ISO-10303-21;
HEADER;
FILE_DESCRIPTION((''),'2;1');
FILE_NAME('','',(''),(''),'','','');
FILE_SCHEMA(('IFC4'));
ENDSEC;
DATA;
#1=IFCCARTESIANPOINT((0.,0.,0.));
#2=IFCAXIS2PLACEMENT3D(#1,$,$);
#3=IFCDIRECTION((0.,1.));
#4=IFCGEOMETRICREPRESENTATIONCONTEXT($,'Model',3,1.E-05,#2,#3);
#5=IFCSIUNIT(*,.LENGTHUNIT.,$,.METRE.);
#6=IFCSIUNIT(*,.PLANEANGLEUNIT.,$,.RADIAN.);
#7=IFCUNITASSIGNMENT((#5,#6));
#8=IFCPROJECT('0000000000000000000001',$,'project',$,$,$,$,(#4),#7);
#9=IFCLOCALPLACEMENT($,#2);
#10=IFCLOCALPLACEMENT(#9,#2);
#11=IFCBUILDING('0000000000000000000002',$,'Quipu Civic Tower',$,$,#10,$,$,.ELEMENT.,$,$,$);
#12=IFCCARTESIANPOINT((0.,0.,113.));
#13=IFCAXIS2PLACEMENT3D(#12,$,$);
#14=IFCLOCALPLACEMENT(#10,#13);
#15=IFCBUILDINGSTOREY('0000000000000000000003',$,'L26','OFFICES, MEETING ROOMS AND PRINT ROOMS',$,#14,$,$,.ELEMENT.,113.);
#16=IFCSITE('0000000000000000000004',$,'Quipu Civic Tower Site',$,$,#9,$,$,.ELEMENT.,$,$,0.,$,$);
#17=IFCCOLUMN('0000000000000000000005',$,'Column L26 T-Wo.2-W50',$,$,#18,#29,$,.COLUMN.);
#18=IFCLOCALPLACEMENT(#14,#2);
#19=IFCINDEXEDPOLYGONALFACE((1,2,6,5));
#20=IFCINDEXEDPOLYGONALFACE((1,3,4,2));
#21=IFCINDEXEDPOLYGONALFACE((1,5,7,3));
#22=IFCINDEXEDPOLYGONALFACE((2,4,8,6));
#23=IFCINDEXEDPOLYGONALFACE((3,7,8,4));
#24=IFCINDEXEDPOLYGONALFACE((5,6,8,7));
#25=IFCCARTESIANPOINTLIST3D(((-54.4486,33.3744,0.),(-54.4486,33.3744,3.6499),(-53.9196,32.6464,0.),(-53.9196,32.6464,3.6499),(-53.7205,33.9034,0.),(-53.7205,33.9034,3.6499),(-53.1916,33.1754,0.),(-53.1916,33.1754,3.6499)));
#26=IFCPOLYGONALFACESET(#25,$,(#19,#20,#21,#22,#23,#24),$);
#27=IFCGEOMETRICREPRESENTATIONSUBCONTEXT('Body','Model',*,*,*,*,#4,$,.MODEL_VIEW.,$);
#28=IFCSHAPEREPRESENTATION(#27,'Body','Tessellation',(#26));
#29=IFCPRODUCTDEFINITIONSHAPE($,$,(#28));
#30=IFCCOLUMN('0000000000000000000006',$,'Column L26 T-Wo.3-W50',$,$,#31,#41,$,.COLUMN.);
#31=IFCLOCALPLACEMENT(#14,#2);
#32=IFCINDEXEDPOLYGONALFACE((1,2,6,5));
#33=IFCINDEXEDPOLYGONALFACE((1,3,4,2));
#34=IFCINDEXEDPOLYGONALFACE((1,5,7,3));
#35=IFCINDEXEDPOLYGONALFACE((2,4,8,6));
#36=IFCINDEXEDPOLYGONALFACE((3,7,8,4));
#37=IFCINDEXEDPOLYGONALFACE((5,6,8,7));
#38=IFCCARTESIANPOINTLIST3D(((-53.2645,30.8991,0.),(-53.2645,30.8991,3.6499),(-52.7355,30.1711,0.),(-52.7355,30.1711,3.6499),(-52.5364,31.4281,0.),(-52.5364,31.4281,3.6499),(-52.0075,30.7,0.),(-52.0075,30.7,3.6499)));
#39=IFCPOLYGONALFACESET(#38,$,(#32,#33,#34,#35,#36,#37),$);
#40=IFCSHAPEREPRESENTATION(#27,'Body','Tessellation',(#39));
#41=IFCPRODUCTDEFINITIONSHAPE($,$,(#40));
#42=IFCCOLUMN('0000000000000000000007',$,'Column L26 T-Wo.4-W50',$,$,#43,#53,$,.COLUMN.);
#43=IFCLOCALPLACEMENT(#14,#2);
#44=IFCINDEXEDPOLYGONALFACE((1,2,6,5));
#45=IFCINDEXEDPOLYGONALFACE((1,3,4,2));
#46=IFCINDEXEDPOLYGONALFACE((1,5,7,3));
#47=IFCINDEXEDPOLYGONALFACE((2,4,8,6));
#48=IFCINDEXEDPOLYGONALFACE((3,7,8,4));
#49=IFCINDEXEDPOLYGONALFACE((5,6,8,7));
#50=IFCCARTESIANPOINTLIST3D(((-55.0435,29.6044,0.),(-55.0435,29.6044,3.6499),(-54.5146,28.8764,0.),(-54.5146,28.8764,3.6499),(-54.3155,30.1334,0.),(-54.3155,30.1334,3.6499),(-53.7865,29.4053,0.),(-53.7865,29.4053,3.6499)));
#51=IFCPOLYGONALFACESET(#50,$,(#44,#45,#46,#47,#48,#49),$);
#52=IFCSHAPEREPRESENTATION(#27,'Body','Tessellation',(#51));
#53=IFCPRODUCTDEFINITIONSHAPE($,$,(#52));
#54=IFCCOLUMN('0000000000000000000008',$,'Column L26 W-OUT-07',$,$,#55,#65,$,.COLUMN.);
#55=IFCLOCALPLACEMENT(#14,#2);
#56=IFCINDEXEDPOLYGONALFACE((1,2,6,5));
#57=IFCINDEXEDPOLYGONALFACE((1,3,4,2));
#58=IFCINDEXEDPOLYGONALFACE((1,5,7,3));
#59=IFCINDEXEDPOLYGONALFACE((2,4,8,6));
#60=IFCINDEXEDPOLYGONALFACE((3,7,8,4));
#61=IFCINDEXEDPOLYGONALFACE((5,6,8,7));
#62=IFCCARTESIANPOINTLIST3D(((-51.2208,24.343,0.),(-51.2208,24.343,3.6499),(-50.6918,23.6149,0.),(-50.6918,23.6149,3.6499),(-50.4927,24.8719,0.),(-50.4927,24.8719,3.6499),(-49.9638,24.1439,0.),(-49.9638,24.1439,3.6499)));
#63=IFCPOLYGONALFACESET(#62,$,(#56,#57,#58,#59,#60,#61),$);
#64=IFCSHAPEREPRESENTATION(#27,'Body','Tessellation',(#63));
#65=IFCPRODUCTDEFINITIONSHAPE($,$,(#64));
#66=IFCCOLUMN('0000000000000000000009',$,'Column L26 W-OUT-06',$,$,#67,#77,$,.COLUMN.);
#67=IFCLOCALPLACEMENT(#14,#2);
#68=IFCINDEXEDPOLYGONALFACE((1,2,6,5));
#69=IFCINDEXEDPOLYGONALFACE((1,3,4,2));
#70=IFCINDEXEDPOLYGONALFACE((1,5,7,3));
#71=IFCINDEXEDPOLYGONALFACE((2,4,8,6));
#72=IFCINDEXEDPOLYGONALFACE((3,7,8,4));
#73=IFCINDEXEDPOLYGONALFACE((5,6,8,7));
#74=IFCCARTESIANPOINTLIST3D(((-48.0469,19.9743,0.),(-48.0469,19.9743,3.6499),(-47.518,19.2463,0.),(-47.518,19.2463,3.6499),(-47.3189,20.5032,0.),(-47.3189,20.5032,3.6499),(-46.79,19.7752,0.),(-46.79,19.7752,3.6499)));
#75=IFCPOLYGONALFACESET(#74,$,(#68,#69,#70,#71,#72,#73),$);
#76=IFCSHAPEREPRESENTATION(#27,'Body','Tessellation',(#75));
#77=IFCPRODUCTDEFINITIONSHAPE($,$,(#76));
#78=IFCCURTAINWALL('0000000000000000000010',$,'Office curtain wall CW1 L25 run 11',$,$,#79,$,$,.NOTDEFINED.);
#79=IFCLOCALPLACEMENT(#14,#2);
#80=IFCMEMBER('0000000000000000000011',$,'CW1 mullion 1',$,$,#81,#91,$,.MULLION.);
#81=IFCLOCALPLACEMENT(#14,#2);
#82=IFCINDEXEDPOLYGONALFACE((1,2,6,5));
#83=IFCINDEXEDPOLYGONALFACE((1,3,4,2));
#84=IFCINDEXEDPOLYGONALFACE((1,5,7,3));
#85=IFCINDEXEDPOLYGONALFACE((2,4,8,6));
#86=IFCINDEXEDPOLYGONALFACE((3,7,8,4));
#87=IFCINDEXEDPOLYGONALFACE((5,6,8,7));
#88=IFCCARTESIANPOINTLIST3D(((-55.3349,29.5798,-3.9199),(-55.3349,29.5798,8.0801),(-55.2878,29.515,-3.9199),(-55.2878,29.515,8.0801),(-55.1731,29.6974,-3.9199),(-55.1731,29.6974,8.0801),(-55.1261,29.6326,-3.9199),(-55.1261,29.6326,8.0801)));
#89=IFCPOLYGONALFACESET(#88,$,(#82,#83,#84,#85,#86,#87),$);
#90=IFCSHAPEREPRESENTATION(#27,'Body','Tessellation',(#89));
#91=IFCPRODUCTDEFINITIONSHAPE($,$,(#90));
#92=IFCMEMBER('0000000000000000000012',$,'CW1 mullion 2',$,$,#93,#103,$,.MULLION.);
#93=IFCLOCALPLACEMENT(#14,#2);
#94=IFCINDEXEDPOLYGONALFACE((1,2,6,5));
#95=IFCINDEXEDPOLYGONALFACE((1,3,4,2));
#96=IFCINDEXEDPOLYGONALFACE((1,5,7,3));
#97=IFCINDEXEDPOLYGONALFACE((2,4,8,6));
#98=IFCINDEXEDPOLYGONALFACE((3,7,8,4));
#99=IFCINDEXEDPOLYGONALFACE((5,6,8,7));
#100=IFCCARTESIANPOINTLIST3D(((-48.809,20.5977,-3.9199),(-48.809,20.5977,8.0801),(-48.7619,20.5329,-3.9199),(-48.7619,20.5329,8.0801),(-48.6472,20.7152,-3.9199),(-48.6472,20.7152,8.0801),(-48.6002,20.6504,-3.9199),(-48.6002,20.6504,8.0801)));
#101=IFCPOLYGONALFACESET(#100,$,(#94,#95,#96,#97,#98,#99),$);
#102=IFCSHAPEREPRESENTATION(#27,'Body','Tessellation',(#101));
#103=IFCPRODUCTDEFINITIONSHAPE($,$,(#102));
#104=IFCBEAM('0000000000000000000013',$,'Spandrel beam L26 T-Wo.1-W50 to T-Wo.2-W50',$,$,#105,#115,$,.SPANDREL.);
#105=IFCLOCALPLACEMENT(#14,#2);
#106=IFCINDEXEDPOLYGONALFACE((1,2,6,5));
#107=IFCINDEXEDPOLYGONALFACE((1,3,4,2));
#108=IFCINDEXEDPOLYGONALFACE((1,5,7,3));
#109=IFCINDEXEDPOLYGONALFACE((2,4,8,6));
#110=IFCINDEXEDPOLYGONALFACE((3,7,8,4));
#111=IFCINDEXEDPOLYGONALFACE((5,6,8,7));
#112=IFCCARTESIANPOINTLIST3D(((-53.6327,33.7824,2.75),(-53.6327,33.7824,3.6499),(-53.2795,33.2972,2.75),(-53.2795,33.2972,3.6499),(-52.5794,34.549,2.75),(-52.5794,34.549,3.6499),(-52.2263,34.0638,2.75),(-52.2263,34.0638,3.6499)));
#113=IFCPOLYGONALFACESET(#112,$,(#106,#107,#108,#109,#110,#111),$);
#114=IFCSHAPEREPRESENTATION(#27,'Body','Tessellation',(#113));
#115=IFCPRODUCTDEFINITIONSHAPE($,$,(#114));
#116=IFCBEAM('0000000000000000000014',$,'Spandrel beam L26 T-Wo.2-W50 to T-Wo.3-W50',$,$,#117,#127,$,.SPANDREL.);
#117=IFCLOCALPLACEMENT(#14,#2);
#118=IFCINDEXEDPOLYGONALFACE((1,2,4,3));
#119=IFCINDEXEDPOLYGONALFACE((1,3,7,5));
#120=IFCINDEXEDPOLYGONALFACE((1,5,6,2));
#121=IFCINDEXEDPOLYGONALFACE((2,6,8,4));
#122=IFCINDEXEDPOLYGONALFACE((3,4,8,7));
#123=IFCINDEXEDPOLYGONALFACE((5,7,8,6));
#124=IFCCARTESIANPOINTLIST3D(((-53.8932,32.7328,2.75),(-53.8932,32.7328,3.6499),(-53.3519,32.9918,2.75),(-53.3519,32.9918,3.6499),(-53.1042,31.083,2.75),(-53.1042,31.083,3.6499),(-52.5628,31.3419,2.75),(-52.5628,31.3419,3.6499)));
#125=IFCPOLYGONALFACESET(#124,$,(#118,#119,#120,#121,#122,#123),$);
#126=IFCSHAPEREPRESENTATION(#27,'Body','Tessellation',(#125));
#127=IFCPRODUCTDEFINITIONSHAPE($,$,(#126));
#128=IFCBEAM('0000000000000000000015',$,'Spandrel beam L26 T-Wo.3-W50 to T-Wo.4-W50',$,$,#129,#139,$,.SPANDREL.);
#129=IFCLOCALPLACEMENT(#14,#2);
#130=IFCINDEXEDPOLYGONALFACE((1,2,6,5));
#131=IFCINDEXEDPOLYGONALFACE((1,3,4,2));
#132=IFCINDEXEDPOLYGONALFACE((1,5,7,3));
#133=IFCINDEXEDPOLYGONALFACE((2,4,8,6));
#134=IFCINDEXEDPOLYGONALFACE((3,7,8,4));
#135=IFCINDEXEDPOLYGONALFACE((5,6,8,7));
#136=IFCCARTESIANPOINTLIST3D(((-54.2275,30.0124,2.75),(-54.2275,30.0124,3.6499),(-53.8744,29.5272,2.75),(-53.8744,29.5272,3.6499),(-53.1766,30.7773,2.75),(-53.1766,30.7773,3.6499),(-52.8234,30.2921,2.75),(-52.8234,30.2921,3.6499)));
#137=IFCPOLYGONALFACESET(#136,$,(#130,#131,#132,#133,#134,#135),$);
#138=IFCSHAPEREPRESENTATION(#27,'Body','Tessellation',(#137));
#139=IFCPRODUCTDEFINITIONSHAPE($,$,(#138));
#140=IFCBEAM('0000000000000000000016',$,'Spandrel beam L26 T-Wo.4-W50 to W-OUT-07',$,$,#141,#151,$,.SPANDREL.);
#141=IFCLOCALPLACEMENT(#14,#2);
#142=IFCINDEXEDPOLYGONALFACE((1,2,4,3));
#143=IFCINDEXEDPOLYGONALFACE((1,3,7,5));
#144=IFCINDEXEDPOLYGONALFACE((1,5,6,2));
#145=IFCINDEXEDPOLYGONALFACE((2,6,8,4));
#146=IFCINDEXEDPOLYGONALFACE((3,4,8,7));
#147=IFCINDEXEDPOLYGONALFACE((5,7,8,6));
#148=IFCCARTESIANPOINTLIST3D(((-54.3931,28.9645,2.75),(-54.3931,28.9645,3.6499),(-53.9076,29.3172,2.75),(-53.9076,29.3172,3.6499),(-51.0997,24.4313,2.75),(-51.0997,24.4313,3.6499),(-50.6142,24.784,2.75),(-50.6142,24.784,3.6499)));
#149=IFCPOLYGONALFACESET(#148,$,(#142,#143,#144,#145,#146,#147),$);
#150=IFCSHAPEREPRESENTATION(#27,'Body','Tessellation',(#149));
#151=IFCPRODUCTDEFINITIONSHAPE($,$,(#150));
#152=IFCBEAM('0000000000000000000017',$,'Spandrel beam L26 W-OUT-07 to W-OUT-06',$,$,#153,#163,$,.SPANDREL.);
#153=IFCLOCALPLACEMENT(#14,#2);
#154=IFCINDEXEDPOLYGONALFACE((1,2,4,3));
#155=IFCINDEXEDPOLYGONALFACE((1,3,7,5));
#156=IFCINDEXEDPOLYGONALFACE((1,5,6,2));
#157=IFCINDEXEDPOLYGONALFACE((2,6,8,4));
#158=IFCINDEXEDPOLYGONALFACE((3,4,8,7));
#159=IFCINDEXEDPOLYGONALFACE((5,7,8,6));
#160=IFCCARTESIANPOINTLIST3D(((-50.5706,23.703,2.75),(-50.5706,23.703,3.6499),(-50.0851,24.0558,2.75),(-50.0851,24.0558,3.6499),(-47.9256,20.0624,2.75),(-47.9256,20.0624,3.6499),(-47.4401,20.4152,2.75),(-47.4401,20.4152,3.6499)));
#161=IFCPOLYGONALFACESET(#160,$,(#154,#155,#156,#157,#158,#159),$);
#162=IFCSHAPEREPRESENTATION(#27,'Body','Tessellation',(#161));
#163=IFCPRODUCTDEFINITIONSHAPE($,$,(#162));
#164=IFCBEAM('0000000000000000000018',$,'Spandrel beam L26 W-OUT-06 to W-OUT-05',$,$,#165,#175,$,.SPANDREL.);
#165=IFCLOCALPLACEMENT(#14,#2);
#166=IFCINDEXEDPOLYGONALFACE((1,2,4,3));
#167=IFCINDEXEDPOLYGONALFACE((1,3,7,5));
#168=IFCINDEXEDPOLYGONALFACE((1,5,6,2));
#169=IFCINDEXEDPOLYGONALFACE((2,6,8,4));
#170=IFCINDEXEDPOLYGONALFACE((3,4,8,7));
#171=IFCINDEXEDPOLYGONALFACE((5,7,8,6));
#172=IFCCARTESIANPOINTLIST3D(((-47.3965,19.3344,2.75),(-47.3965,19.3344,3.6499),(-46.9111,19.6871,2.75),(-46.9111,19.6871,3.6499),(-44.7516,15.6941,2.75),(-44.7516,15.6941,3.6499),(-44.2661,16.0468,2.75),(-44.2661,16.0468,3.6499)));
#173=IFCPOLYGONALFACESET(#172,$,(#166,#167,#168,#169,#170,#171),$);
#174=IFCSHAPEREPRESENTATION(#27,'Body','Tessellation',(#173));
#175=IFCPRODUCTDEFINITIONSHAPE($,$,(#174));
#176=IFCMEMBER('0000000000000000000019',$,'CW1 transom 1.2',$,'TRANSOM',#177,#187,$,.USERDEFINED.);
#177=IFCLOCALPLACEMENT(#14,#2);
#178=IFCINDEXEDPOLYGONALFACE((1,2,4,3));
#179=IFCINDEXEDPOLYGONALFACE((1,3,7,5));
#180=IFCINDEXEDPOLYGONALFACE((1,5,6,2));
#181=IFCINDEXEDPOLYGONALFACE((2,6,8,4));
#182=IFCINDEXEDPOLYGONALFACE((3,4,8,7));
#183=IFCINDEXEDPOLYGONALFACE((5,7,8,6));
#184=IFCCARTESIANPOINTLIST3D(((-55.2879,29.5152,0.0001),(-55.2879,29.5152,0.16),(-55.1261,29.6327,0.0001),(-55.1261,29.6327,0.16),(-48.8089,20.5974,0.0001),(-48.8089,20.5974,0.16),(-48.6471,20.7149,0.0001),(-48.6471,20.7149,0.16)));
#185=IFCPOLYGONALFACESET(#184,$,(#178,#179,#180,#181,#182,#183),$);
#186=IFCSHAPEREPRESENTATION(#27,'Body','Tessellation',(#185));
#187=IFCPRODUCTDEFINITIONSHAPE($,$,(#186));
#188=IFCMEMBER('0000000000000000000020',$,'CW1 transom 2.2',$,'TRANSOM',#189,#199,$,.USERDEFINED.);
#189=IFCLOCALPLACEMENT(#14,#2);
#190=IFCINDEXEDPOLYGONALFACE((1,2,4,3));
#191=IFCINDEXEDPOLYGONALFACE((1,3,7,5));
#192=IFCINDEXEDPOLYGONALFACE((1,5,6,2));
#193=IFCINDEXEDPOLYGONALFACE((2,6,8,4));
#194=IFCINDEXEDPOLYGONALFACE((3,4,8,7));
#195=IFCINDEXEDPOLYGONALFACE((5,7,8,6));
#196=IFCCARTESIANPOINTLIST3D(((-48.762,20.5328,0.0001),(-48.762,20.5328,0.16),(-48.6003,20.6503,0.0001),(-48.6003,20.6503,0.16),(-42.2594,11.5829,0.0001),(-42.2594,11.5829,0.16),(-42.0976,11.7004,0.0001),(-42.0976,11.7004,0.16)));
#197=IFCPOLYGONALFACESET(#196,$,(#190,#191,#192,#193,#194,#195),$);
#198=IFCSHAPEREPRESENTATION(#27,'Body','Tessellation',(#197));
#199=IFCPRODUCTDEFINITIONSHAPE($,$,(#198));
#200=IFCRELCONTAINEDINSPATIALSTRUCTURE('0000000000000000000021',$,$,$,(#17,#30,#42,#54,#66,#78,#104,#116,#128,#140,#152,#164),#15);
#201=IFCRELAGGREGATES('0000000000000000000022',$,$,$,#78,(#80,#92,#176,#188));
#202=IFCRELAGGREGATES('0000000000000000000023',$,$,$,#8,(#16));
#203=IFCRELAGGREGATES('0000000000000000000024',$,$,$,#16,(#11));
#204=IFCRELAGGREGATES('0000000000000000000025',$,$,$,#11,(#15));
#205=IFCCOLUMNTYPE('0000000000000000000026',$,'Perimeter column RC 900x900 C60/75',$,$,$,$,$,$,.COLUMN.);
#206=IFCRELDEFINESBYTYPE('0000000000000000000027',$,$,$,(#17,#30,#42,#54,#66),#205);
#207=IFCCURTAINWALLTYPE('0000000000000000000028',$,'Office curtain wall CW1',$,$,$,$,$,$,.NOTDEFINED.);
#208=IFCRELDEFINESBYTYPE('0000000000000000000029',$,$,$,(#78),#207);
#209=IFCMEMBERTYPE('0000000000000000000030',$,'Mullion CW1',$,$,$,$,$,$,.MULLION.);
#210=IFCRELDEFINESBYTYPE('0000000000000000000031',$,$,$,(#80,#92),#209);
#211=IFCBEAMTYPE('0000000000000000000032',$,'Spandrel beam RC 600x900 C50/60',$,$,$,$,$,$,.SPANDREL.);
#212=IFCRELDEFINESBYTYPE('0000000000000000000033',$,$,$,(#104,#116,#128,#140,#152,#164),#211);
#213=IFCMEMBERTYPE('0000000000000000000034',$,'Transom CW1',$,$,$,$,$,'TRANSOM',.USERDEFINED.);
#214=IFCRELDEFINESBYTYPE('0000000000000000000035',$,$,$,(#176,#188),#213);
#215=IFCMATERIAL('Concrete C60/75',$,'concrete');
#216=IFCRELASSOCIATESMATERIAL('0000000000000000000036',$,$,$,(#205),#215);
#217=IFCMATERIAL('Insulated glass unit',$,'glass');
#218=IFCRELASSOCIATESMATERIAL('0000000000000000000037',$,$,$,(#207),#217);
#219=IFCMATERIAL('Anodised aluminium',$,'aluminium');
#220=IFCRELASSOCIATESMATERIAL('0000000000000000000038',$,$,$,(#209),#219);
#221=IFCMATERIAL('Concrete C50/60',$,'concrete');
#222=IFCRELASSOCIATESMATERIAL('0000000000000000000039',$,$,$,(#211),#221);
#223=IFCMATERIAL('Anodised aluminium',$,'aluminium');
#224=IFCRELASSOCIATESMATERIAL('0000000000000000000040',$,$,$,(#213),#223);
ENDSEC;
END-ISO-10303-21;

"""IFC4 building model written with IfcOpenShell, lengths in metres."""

from ifc_helpers import new_model, si_unit, direction, frame, origin, origin_2d, place, context, subcontext, project, spatial, rectangle, extrude, material, material_profile, profile_set, type_object, element, aggregate, save


model = new_model("IFC4")

# Units and contexts
model_context = context("Model", 3, precision=1e-05, world=origin(), true_north=direction((0.0, 1.0)))
body_context = subcontext(model_context, "Body", "Model", "MODEL_VIEW")
ifc_project = project(units=[si_unit("LENGTHUNIT", "METRE"), si_unit("PLANEANGLEUNIT", "RADIAN")], contexts=[model_context])

# Site, building, storey
site_placement = place(None, origin())
site = spatial("IfcSite", under=ifc_project, at=site_placement, Name="Quipu Civic Tower Site", CompositionType="ELEMENT", RefElevation=0.0)
building_placement = place(site_placement, origin())
building = spatial("IfcBuilding", under=site, at=building_placement, Name="Quipu Civic Tower", CompositionType="ELEMENT")
storey_placement = place(building_placement, frame((0.0, 0.0, 113.0)))
storey = spatial("IfcBuildingStorey", under=building, at=storey_placement, Name="L26", Description="OFFICES, MEETING ROOMS AND PRINT ROOMS", CompositionType="ELEMENT", Elevation=113.0)

# Columns
ifc_material_1 = material(Name="Concrete C60/75", Category="concrete")
ifc_material_profile_1 = material_profile(ifc_material_1, rectangle(XDim=0.8999, YDim=0.8999, at=origin_2d()), Name="RC900x900")
ifc_profile_set_1 = profile_set([ifc_material_profile_1], Name="Concrete C60/75")
column_type = type_object("IfcColumnType", Name="Perimeter column RC 900x900 C60/75", PredefinedType="COLUMN", material=ifc_profile_set_1)
for number, where, z_axis, x_axis, name in (
    (1, (-53.8201, 33.2749, 0.0), (0.0, 0.0, 1.0), (0.587785, -0.809017, 0.0), "Column L26 T-Wo.2-W50"),
    (2, (-52.636, 30.7996, 0.0), (0.0, 0.0, 1.0), (-0.809017, -0.587785, 0.0), "Column L26 T-Wo.3-W50"),
    (3, (-54.415, 29.5049, 0.0), (0.0, 0.0, 1.0), (0.587785, -0.809017, 0.0), "Column L26 T-Wo.4-W50"),
    (4, (-50.5923, 24.2434, 0.0), (0.0, 0.0, 1.0), (0.587785, -0.809017, 0.0), "Column L26 W-OUT-07"),
    (5, (-47.4185, 19.8748, 0.0), (0.0, 0.0, 1.0), (0.587785, -0.809017, 0.0), "Column L26 W-OUT-06"),
):
    element("IfcColumn", number, at=place(storey_placement, frame(where, z_axis=z_axis, x_axis=x_axis)), inside=storey, type_object=column_type, Name=name, PredefinedType="COLUMN", context=body_context, shape_type="SweptSolid", body=[
        extrude(rectangle(XDim=0.8999, YDim=0.8999, at=origin_2d()), origin(), (0.0, 0.0, 1.0), 3.6499),
    ])

# Curtain wall, members
ifc_material_2 = material(Name="Insulated glass unit", Category="glass")
curtain_wall_type = type_object("IfcCurtainWallType", Name="Office curtain wall CW1", PredefinedType="NOTDEFINED", material=ifc_material_2)
curtain_wall_placement = place(storey_placement, origin())
curtain_wall = element("IfcCurtainWall", 6, at=curtain_wall_placement, inside=storey, type_object=curtain_wall_type, Name="Office curtain wall CW1 L25 run 11", PredefinedType="NOTDEFINED")
ifc_material_3 = material(Name="Anodised aluminium", Category="aluminium")
ifc_material_profile_2 = material_profile(ifc_material_3, rectangle(XDim=0.2, YDim=0.0801, at=origin_2d()), Name="RECT 200x80")
ifc_profile_set_2 = profile_set([ifc_material_profile_2], Name="Anodised aluminium")
member_type_1 = type_object("IfcMemberType", Name="Mullion CW1", PredefinedType="MULLION", material=ifc_profile_set_2)
member_1_placement = place(storey_placement, frame((-55.2305, 29.6062, -3.9199), z_axis=(0.0, 0.0, 1.0), x_axis=(0.809017, 0.587786, 0.0)))
member_1 = element("IfcMember", 7, at=member_1_placement, type_object=member_type_1, Name="CW1 mullion 1", PredefinedType="MULLION", context=body_context, shape_type="SweptSolid", body=[
    extrude(rectangle(XDim=0.2, YDim=0.0801, at=origin_2d()), origin(), (0.0, 0.0, 1.0), 12.0),
])
member_2_placement = place(storey_placement, frame((-48.7046, 20.624, -3.9199), z_axis=(0.0, 0.0, 1.0), x_axis=(0.809017, 0.587786, 0.0)))
member_2 = element("IfcMember", 8, at=member_2_placement, type_object=member_type_1, Name="CW1 mullion 2", PredefinedType="MULLION", context=body_context, shape_type="SweptSolid", body=[
    extrude(rectangle(XDim=0.2, YDim=0.0801, at=origin_2d()), origin(), (0.0, 0.0, 1.0), 12.0),
])

# Beams
ifc_material_4 = material(Name="Concrete C50/60", Category="concrete")
ifc_material_profile_3 = material_profile(ifc_material_4, rectangle(XDim=0.6001, YDim=0.8999, at=origin_2d()), Name="RC600x900")
ifc_profile_set_3 = profile_set([ifc_material_profile_3], Name="Concrete C50/60")
beam_type = type_object("IfcBeamType", Name="Spandrel beam RC 600x900 C50/60", PredefinedType="SPANDREL", material=ifc_profile_set_3)
beam_1_placement = place(storey_placement, frame((-52.4028, 34.3064, 3.2), z_axis=(-0.808509, -0.588484, 0.0), x_axis=(0.588484, -0.808509, 0.0)))
element("IfcBeam", 9, at=beam_1_placement, inside=storey, type_object=beam_type, Name="Spandrel beam L26 T-Wo.1-W50 to T-Wo.2-W50", PredefinedType="SPANDREL", context=body_context, shape_type="SweptSolid", body=[
    extrude(rectangle(XDim=0.6001, YDim=0.8999, at=origin_2d()), origin(), (0.0, 0.0, 1.0), 1.3027),
])
beam_2_placement = place(storey_placement, frame((-53.6226, 32.8623, 3.2), z_axis=(0.431446, -0.902139, 0.0), x_axis=(0.902139, 0.431446, 0.0)))
element("IfcBeam", 10, at=beam_2_placement, inside=storey, type_object=beam_type, Name="Spandrel beam L26 T-Wo.2-W50 to T-Wo.3-W50", PredefinedType="SPANDREL", context=body_context, shape_type="SweptSolid", body=[
    extrude(rectangle(XDim=0.6001, YDim=0.8999, at=origin_2d()), origin(), (0.0, 0.0, 1.0), 1.8289),
])
beam_3_placement = place(storey_placement, frame((-53.0, 30.5347, 3.2), z_axis=(-0.808549, -0.588429, 0.0), x_axis=(0.588429, -0.808549, 0.0)))
element("IfcBeam", 11, at=beam_3_placement, inside=storey, type_object=beam_type, Name="Spandrel beam L26 T-Wo.3-W50 to T-Wo.4-W50", PredefinedType="SPANDREL", context=body_context, shape_type="SweptSolid", body=[
    extrude(rectangle(XDim=0.6001, YDim=0.8999, at=origin_2d()), origin(), (0.0, 0.0, 1.0), 1.2998),
])
beam_4_placement = place(storey_placement, frame((-54.1504, 29.1409, 3.2), z_axis=(0.587773, -0.809026, 0.0), x_axis=(0.809026, 0.587773, 0.0)))
element("IfcBeam", 12, at=beam_4_placement, inside=storey, type_object=beam_type, Name="Spandrel beam L26 T-Wo.4-W50 to W-OUT-07", PredefinedType="SPANDREL", context=body_context, shape_type="SweptSolid", body=[
    extrude(rectangle(XDim=0.6001, YDim=0.8999, at=origin_2d()), origin(), (0.0, 0.0, 1.0), 5.6033),
])
beam_5_placement = place(storey_placement, frame((-50.3279, 23.8794, 3.2), z_axis=(0.587778, -0.809022, 0.0), x_axis=(0.809022, 0.587778, 0.0)))
element("IfcBeam", 13, at=beam_5_placement, inside=storey, type_object=beam_type, Name="Spandrel beam L26 W-OUT-07 to W-OUT-06", PredefinedType="SPANDREL", context=body_context, shape_type="SweptSolid", body=[
    extrude(rectangle(XDim=0.6001, YDim=0.8999, at=origin_2d()), origin(), (0.0, 0.0, 1.0), 4.5),
])
beam_6_placement = place(storey_placement, frame((-47.1538, 19.5107, 3.2), z_axis=(0.587804, -0.809003, 0.0), x_axis=(0.809003, 0.587804, 0.0)))
element("IfcBeam", 14, at=beam_6_placement, inside=storey, type_object=beam_type, Name="Spandrel beam L26 W-OUT-06 to W-OUT-05", PredefinedType="SPANDREL", context=body_context, shape_type="SweptSolid", body=[
    extrude(rectangle(XDim=0.6001, YDim=0.8999, at=origin_2d()), origin(), (0.0, 0.0, 1.0), 4.4998),
])

# Members
ifc_material_5 = material(Name="Anodised aluminium", Category="aluminium")
ifc_material_profile_4 = material_profile(ifc_material_5, rectangle(XDim=0.2, YDim=0.1599, at=origin_2d()), Name="RECT 200x160")
ifc_profile_set_4 = profile_set([ifc_material_profile_4], Name="Anodised aluminium")
member_type_2 = type_object("IfcMemberType", Name="Transom CW1", ElementType="TRANSOM", PredefinedType="USERDEFINED", material=ifc_profile_set_4)
member_3_placement = place(storey_placement, frame((-55.207, 29.574, 0.0801), z_axis=(0.587779, -0.809021, 0.0), x_axis=(0.809021, 0.587779, 0.0)))
member_3 = element("IfcMember", 15, at=member_3_placement, type_object=member_type_2, Name="CW1 transom 1.2", ObjectType="TRANSOM", PredefinedType="USERDEFINED", context=body_context, shape_type="SweptSolid", body=[
    extrude(rectangle(XDim=0.2, YDim=0.1599, at=origin_2d()), origin(), (0.0, 0.0, 1.0), 11.0229),
])
member_4_placement = place(storey_placement, frame((-48.6812, 20.5916, 0.0801), z_axis=(0.587795, -0.80901, 0.0), x_axis=(0.80901, 0.587795, 0.0)))
member_4 = element("IfcMember", 16, at=member_4_placement, type_object=member_type_2, Name="CW1 transom 2.2", ObjectType="TRANSOM", PredefinedType="USERDEFINED", context=body_context, shape_type="SweptSolid", body=[
    extrude(rectangle(XDim=0.2, YDim=0.1599, at=origin_2d()), origin(), (0.0, 0.0, 1.0), 11.0627),
])

aggregate(curtain_wall, [member_1, member_2, member_3, member_4])

save(model, "model.ifc")
